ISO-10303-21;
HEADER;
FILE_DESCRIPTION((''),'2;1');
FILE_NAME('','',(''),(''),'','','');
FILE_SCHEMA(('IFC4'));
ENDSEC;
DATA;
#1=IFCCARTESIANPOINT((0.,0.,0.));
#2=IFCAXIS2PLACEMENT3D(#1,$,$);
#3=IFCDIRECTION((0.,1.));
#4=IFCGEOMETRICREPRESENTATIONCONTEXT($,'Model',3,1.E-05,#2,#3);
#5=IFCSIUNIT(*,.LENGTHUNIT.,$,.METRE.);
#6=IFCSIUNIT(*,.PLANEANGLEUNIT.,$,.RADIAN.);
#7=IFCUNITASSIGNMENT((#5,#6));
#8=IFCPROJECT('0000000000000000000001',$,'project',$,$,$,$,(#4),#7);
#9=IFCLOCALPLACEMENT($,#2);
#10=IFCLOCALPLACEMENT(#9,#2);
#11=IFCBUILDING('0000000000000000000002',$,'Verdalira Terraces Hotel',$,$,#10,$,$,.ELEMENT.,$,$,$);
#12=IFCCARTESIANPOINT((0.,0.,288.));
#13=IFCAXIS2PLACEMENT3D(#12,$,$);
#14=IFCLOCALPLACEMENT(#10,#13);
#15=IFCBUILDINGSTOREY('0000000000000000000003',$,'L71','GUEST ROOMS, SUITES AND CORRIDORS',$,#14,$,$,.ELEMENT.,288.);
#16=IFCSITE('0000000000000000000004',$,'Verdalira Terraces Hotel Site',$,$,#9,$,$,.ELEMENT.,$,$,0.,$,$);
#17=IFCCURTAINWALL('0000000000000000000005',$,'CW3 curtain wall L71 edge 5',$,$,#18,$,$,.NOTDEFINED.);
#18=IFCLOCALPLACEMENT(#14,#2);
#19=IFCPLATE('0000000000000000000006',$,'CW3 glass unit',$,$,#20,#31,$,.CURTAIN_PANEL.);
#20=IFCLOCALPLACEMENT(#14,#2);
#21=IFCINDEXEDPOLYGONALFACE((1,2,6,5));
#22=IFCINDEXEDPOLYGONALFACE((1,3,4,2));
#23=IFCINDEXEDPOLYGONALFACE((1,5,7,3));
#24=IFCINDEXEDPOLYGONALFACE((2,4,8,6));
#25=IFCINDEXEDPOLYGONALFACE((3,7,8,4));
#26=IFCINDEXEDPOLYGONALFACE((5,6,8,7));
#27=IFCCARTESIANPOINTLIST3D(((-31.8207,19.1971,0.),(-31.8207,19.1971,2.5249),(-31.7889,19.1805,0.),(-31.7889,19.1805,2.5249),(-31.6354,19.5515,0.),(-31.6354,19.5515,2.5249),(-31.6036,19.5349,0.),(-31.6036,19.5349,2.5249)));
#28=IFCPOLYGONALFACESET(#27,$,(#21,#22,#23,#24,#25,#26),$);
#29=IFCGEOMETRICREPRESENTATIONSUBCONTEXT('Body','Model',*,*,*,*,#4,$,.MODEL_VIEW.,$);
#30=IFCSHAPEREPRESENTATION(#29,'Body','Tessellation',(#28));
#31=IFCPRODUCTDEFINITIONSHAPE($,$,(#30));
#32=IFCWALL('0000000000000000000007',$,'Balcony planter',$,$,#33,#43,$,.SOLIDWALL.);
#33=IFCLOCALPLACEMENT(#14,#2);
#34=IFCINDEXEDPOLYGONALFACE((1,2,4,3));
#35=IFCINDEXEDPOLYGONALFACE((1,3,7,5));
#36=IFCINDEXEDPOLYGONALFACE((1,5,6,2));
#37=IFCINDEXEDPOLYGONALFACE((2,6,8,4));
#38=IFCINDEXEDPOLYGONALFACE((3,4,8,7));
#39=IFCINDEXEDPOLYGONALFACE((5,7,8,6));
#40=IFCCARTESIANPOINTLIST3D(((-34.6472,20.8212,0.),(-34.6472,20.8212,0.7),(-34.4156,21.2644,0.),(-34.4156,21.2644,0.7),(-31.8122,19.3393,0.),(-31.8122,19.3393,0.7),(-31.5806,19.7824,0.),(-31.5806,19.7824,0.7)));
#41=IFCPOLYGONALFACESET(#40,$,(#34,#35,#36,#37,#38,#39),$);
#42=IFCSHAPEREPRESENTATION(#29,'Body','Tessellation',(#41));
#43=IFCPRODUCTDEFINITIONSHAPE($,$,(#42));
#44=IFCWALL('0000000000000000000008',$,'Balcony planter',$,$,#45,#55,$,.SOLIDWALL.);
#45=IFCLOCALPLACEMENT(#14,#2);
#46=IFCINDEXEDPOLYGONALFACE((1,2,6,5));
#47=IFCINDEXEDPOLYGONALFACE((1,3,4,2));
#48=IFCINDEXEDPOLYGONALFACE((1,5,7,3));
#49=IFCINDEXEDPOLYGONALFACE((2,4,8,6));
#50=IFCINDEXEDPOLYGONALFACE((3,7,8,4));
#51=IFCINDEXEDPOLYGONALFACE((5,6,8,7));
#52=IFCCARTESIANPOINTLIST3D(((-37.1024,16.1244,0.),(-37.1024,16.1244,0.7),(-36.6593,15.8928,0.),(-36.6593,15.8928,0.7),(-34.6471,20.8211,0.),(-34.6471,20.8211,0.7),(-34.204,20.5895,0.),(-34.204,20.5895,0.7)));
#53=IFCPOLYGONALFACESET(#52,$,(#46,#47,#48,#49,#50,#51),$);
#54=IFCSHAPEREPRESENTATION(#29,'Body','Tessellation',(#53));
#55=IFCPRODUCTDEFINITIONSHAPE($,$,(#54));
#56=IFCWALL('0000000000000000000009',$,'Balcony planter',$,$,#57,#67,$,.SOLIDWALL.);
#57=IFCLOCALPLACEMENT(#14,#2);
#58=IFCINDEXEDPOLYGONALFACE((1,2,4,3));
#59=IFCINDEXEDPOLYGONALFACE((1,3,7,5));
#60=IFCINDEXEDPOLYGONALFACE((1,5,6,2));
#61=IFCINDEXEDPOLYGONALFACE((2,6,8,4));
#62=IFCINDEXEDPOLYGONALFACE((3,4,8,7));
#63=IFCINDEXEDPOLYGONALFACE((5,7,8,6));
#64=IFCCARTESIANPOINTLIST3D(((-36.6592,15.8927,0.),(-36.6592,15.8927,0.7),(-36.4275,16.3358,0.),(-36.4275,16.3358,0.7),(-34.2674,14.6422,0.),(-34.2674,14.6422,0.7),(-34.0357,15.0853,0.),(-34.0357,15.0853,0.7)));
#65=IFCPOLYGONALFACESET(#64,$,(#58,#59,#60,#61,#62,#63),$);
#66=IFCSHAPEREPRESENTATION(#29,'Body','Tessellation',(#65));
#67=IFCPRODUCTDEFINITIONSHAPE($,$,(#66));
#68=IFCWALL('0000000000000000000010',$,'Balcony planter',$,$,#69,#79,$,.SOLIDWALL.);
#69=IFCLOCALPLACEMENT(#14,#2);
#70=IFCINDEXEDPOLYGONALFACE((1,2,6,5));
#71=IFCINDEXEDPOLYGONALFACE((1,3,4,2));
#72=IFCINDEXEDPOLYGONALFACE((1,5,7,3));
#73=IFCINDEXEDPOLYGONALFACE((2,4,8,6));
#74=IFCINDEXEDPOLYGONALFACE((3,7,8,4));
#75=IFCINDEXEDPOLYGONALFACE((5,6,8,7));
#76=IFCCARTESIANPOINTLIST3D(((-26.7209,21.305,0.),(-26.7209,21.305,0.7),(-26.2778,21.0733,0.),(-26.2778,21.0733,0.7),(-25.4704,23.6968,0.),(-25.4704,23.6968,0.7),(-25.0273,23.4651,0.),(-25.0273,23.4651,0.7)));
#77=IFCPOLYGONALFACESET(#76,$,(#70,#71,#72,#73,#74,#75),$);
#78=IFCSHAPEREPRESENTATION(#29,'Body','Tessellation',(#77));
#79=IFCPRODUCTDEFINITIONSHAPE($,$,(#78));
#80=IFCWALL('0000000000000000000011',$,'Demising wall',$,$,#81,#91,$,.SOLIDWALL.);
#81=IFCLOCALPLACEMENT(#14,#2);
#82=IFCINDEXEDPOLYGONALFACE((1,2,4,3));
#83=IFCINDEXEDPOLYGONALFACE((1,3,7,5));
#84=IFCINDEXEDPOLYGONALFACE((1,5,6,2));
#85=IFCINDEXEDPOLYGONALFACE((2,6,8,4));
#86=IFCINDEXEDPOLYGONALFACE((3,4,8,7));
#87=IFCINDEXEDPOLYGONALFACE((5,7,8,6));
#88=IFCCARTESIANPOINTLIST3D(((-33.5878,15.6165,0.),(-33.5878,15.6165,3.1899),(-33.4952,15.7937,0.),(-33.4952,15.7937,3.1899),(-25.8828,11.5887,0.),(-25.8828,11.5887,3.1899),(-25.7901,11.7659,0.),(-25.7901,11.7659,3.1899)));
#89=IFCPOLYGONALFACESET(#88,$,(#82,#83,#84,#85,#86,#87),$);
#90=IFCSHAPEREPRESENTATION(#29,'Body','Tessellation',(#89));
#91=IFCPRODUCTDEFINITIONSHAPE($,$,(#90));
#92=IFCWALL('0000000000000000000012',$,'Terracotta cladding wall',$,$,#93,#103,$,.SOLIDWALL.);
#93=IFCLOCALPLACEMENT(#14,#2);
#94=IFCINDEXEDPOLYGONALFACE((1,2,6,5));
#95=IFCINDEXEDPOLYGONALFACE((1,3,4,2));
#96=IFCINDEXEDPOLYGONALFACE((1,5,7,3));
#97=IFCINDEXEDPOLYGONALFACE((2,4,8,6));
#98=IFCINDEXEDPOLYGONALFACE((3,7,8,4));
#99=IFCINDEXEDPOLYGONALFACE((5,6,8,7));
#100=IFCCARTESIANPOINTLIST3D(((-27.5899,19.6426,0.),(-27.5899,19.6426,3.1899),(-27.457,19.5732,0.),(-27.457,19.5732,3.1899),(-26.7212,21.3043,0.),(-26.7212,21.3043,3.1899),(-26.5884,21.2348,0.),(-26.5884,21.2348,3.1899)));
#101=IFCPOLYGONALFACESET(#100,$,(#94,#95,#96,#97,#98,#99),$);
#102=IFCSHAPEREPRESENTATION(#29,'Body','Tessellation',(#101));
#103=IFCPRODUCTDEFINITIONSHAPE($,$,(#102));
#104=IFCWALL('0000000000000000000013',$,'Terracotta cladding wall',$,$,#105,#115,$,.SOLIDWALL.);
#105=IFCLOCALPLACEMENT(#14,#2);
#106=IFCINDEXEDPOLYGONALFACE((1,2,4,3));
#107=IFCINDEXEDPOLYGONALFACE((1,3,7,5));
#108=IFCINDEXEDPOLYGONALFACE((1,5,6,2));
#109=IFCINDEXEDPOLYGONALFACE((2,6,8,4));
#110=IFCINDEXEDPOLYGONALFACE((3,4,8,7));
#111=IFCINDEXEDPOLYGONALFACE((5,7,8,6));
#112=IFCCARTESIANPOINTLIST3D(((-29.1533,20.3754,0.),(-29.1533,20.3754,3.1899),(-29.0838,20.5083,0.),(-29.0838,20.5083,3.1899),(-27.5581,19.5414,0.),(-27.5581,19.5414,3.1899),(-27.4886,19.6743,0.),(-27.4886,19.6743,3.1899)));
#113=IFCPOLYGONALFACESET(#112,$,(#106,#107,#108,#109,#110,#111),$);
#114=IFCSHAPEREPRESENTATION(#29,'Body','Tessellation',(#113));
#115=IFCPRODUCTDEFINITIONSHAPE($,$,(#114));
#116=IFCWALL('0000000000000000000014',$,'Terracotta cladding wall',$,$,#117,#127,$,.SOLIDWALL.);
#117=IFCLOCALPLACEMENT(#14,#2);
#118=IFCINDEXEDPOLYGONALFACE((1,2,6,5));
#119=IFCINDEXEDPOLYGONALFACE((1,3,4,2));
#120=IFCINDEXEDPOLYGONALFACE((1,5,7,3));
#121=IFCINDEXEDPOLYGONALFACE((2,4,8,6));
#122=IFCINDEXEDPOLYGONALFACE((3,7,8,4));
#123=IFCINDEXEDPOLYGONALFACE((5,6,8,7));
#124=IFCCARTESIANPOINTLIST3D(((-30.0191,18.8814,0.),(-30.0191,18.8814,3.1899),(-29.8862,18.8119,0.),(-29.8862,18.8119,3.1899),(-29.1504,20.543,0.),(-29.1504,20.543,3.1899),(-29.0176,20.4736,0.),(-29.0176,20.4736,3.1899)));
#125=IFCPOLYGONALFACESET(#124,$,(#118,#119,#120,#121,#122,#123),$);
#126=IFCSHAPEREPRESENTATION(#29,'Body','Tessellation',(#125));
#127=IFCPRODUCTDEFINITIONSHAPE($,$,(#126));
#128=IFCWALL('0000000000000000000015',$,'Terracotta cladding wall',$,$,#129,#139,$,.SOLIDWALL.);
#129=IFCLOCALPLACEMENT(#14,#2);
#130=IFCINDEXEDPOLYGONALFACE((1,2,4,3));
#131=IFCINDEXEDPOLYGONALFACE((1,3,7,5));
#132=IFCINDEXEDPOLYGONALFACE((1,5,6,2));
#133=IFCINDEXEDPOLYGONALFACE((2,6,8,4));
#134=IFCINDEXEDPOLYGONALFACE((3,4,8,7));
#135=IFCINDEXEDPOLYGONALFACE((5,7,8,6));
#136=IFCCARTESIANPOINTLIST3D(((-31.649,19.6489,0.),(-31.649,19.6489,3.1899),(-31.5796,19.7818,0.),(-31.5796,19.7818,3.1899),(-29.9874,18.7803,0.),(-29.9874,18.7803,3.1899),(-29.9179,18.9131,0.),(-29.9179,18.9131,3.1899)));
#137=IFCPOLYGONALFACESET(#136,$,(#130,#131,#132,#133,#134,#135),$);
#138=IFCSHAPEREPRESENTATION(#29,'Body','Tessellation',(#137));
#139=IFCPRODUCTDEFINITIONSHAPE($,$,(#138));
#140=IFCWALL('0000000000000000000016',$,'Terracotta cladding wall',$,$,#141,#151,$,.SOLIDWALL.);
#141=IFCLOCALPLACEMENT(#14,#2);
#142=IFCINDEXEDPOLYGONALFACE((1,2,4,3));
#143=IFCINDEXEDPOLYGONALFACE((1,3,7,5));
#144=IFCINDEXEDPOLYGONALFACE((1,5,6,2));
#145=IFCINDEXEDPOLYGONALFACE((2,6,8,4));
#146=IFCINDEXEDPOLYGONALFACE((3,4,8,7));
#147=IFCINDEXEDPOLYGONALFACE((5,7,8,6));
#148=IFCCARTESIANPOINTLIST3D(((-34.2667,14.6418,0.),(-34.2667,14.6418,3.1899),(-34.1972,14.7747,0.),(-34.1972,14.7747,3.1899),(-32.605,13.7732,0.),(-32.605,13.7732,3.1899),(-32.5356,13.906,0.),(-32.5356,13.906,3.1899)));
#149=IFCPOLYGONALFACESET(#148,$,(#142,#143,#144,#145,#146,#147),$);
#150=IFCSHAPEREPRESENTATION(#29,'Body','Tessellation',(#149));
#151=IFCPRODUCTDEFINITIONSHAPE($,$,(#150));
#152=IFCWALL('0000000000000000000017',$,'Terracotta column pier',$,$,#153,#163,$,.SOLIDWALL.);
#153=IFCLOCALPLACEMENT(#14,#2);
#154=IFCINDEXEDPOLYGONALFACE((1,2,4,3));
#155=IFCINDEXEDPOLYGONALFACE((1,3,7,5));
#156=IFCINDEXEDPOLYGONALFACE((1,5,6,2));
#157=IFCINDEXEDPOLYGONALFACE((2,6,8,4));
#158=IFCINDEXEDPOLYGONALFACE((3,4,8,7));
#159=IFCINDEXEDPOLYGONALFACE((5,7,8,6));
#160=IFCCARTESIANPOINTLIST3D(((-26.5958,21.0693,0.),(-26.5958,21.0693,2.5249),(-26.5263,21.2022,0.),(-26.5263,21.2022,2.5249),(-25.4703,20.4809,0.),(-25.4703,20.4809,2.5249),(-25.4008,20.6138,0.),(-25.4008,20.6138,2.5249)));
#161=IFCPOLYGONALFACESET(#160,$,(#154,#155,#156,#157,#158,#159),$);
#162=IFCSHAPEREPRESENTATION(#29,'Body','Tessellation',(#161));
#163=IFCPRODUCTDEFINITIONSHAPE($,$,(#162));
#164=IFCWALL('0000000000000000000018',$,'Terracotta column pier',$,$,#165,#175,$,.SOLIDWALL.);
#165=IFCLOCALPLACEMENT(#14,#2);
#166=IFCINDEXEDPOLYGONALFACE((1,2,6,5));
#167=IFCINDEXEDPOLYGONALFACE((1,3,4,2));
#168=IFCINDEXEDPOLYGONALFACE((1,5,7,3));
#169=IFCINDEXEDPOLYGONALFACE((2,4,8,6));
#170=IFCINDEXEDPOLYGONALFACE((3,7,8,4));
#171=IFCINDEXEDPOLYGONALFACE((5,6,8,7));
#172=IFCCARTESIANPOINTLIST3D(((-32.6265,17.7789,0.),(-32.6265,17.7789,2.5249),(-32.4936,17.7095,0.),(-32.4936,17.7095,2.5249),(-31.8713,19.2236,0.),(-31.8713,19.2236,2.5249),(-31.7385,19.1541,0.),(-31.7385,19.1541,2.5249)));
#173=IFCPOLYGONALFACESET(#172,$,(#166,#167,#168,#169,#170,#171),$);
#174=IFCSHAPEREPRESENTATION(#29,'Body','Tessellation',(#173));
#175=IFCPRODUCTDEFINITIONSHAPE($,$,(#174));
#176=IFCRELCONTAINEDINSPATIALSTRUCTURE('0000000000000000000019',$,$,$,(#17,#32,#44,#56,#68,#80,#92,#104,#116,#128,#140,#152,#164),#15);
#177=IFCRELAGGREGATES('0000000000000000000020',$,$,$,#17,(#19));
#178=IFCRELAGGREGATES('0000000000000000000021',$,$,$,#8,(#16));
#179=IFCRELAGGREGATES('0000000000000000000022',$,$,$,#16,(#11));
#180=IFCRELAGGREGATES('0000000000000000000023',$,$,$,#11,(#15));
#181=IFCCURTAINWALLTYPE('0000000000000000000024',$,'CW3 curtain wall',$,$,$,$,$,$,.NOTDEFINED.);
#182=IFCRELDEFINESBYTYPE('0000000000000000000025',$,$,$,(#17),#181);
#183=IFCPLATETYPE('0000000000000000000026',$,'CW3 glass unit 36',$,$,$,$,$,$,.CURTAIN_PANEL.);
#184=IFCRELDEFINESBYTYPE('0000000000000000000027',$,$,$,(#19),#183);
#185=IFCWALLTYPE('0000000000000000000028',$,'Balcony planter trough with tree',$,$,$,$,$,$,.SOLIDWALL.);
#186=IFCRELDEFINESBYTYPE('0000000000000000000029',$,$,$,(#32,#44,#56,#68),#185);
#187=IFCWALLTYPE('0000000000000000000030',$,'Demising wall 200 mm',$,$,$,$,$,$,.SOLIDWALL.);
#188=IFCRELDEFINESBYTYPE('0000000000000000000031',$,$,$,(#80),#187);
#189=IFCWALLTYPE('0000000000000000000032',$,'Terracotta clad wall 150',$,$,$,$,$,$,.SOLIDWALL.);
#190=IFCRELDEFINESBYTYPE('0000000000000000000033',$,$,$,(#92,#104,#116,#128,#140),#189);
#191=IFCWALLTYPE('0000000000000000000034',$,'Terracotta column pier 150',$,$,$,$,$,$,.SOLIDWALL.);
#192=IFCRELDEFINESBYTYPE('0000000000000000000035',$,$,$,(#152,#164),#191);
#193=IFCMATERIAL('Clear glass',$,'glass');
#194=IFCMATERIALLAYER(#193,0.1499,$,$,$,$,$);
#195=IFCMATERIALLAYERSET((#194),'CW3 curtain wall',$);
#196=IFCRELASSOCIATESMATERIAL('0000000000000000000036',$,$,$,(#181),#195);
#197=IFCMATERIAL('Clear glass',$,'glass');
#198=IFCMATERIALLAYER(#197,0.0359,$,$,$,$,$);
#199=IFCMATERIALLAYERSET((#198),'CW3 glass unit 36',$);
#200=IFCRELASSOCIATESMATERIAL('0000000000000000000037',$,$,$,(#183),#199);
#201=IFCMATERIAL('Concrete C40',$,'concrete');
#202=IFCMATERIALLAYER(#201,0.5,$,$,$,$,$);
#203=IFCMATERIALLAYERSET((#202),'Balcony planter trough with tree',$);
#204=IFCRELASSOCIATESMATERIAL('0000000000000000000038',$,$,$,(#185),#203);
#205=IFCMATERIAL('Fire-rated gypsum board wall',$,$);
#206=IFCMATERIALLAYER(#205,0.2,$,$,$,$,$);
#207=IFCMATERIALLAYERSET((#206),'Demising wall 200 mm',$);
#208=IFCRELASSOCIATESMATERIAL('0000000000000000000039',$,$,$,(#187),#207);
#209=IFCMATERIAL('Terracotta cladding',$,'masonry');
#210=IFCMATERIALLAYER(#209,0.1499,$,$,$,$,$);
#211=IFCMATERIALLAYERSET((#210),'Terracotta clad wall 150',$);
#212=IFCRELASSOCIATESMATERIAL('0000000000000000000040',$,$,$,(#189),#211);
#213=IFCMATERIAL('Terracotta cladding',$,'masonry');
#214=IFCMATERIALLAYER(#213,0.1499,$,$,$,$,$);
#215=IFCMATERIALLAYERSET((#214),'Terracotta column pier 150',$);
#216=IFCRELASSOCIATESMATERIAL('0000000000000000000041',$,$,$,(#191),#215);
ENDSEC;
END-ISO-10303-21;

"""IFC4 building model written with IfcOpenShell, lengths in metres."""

from ifc_helpers import new_model, si_unit, direction, frame, frame_2d, origin, origin_2d, place, context, subcontext, project, spatial, rectangle, extrude, material, layer, layer_set, type_object, element, aggregate, save


model = new_model("IFC4")

# Units and contexts
model_context = context("Model", 3, precision=1e-05, world=origin(), true_north=direction((0.0, 1.0)))
body_context = subcontext(model_context, "Body", "Model", "MODEL_VIEW")
ifc_project = project(units=[si_unit("LENGTHUNIT", "METRE"), si_unit("PLANEANGLEUNIT", "RADIAN")], contexts=[model_context])

# Site, building, storey
site_placement = place(None, origin())
site = spatial("IfcSite", under=ifc_project, at=site_placement, Name="Verdalira Terraces Hotel Site", CompositionType="ELEMENT", RefElevation=0.0)
building_placement = place(site_placement, origin())
building = spatial("IfcBuilding", under=site, at=building_placement, Name="Verdalira Terraces Hotel", CompositionType="ELEMENT")
storey_placement = place(building_placement, frame((0.0, 0.0, 288.0)))
storey = spatial("IfcBuildingStorey", under=building, at=storey_placement, Name="L71", Description="GUEST ROOMS, SUITES AND CORRIDORS", CompositionType="ELEMENT", Elevation=288.0)

# Curtain wall
ifc_material_1 = material(Name="Clear glass", Category="glass")
ifc_layer_1 = layer(ifc_material_1, 0.1499)
ifc_layer_set_1 = layer_set([ifc_layer_1], Name="CW3 curtain wall")
curtain_wall_type_1 = type_object("IfcCurtainWallType", Name="CW3 curtain wall", PredefinedType="NOTDEFINED", material=ifc_layer_set_1)
curtain_wall_1_placement = place(storey_placement, origin())
curtain_wall_1 = element("IfcCurtainWall", 1, at=curtain_wall_1_placement, inside=storey, type_object=curtain_wall_type_1, Name="CW3 curtain wall L71 edge 5", PredefinedType="NOTDEFINED")

# Plate
ifc_material_2 = material(Name="Clear glass", Category="glass")
ifc_layer_2 = layer(ifc_material_2, 0.0359)
ifc_layer_set_2 = layer_set([ifc_layer_2], Name="CW3 glass unit 36")
plate_type = type_object("IfcPlateType", Name="CW3 glass unit 36", PredefinedType="CURTAIN_PANEL", material=ifc_layer_set_2)
plate_placement = place(storey_placement, frame((-31.7122, 19.366, 0.0), z_axis=(0.0, 0.0, 1.0), x_axis=(-0.463296, -0.886204, 0.0)))
plate = element("IfcPlate", 2, at=plate_placement, type_object=plate_type, Name="CW3 glass unit", PredefinedType="CURTAIN_PANEL", context=body_context, shape_type="SweptSolid", body=[
    extrude(rectangle(XDim=0.3999, YDim=0.0359, at=origin_2d()), origin(), (0.0, 0.0, 1.0), 2.5249),
])
aggregate(curtain_wall_1, [plate])

# Walls
ifc_material_3 = material(Name="Concrete C40", Category="concrete")
ifc_layer_3 = layer(ifc_material_3, 0.5)
ifc_layer_set_3 = layer_set([ifc_layer_3], Name="Balcony planter trough with tree")
wall_type_1 = type_object("IfcWallType", Name="Balcony planter trough with tree", PredefinedType="SOLIDWALL", material=ifc_layer_set_3)
wall_1_placement = place(storey_placement, frame((-31.6963, 19.5608, 0.0), z_axis=(0.0, 0.0, 1.0), x_axis=(-0.886223, 0.46326, 0.0)))
element("IfcWall", 3, at=wall_1_placement, inside=storey, type_object=wall_type_1, Name="Balcony planter", PredefinedType="SOLIDWALL", context=body_context, shape_type="SweptSolid", body=[
    extrude(rectangle(XDim=3.199, YDim=0.5, at=frame_2d((1.5996, 0.0))), origin(), (0.0, 0.0, 1.0), 0.7),
])
wall_2_placement = place(storey_placement, frame((-34.4255, 20.7053, 0.0), z_axis=(0.0, 0.0, 1.0), x_axis=(-0.463282, -0.886211, 0.0)))
element("IfcWall", 4, at=wall_2_placement, inside=storey, type_object=wall_type_1, Name="Balcony planter", PredefinedType="SOLIDWALL", context=body_context, shape_type="SweptSolid", body=[
    extrude(rectangle(XDim=5.2998, YDim=0.5, at=frame_2d((2.6499, 0.0))), origin(), (0.0, 0.0, 1.0), 0.7),
])
for number, where, z_axis, x_axis, name in (
    (5, (-36.5435, 16.1143, 0.0), (0.0, 0.0, 1.0), (0.886194, -0.463314, 0.0), "Balcony planter"),
    (6, (-25.2488, 23.5811, 0.0), (0.0, 0.0, 1.0), (-0.463314, -0.886194, 0.0), "Balcony planter"),
):
    element("IfcWall", number, at=place(storey_placement, frame(where, z_axis=z_axis, x_axis=x_axis)), inside=storey, type_object=wall_type_1, Name=name, PredefinedType="SOLIDWALL", context=body_context, shape_type="SweptSolid", body=[
        extrude(rectangle(XDim=2.699, YDim=0.5, at=frame_2d((1.3496, 0.0))), origin(), (0.0, 0.0, 1.0), 0.7),
    ])
ifc_material_4 = material(Name="Fire-rated gypsum board wall")
ifc_layer_4 = layer(ifc_material_4, 0.2)
ifc_layer_set_4 = layer_set([ifc_layer_4], Name="Demising wall 200 mm")
wall_type_2 = type_object("IfcWallType", Name="Demising wall 200 mm", PredefinedType="SOLIDWALL", material=ifc_layer_set_4)
wall_3_placement = place(storey_placement, frame((-33.5415, 15.7051, 0.0), z_axis=(0.0, 0.0, 1.0), x_axis=(0.886217, -0.46327, 0.0)))
element("IfcWall", 7, at=wall_3_placement, inside=storey, type_object=wall_type_2, Name="Demising wall", PredefinedType="SOLIDWALL", context=body_context, shape_type="SweptSolid", body=[
    extrude(rectangle(XDim=8.6943, YDim=0.2, at=frame_2d((4.3472, 0.0))), origin(), (0.0, 0.0, 1.0), 3.1899),
])
ifc_material_5 = material(Name="Terracotta cladding", Category="masonry")
ifc_layer_5 = layer(ifc_material_5, 0.1499)
ifc_layer_set_5 = layer_set([ifc_layer_5], Name="Terracotta clad wall 150")
wall_type_3 = type_object("IfcWallType", Name="Terracotta clad wall 150", PredefinedType="SOLIDWALL", material=ifc_layer_set_5)
wall_4_placement = place(storey_placement, frame((-26.6548, 21.2695, 0.0), z_axis=(0.0, 0.0, 1.0), x_axis=(-0.463287, -0.886208, 0.0)))
element("IfcWall", 8, at=wall_4_placement, inside=storey, type_object=wall_type_3, Name="Terracotta cladding wall", PredefinedType="SOLIDWALL", context=body_context, shape_type="SweptSolid", body=[
    extrude(rectangle(XDim=1.875, YDim=0.1499, at=frame_2d((0.9375, 0.0))), origin(), (0.0, 0.0, 1.0), 3.1899),
])
wall_5_placement = place(storey_placement, frame((-27.5234, 19.6079, 0.0), z_axis=(0.0, 0.0, 1.0), x_axis=(-0.886198, 0.463307, 0.0)))
element("IfcWall", 9, at=wall_5_placement, inside=storey, type_object=wall_type_3, Name="Terracotta cladding wall", PredefinedType="SOLIDWALL", context=body_context, shape_type="SweptSolid", body=[
    extrude(rectangle(XDim=1.8, YDim=0.1499, at=frame_2d((0.8999, 0.0))), origin(), (0.0, 0.0, 1.0), 3.1899),
])
for number, where, z_axis, x_axis, name in (
    (10, (-29.084, 20.5083, 0.0), (0.0, 0.0, 1.0), (-0.463287, -0.886208, 0.0), "Terracotta cladding wall"),
    (11, (-29.9526, 18.8467, 0.0), (0.0, 0.0, 1.0), (-0.886208, 0.463287, 0.0), "Terracotta cladding wall"),
    (12, (-34.2319, 14.7083, 0.0), (0.0, 0.0, 1.0), (0.886208, -0.463287, 0.0), "Terracotta cladding wall"),
):
    element("IfcWall", number, at=place(storey_placement, frame(where, z_axis=z_axis, x_axis=x_axis)), inside=storey, type_object=wall_type_3, Name=name, PredefinedType="SOLIDWALL", context=body_context, shape_type="SweptSolid", body=[
        extrude(rectangle(XDim=1.875, YDim=0.1499, at=frame_2d((0.9375, 0.0))), origin(), (0.0, 0.0, 1.0), 3.1899),
    ])
ifc_material_6 = material(Name="Terracotta cladding", Category="masonry")
ifc_layer_6 = layer(ifc_material_6, 0.1499)
ifc_layer_set_6 = layer_set([ifc_layer_6], Name="Terracotta column pier 150")
wall_type_4 = type_object("IfcWallType", Name="Terracotta column pier 150", PredefinedType="SOLIDWALL", material=ifc_layer_set_6)
wall_6_placement = place(storey_placement, frame((-25.4355, 20.5474, 0.0), z_axis=(0.0, 0.0, 1.0), x_axis=(-0.886208, 0.463289, 0.0)))
element("IfcWall", 13, at=wall_6_placement, inside=storey, type_object=wall_type_4, Name="Terracotta column pier", PredefinedType="SOLIDWALL", context=body_context, shape_type="SweptSolid", body=[
    extrude(rectangle(XDim=1.27, YDim=0.1499, at=frame_2d((0.635, 0.0))), origin(), (0.0, 0.0, 1.0), 2.5249),
])
wall_7_placement = place(storey_placement, frame((-31.8049, 19.1887, 0.0), z_axis=(0.0, 0.0, 1.0), x_axis=(-0.463257, -0.886224, 0.0)))
element("IfcWall", 14, at=wall_7_placement, inside=storey, type_object=wall_type_4, Name="Terracotta column pier", PredefinedType="SOLIDWALL", context=body_context, shape_type="SweptSolid", body=[
    extrude(rectangle(XDim=1.6301, YDim=0.1499, at=frame_2d((0.8149, 0.0))), origin(), (0.0, 0.0, 1.0), 2.5249),
])

save(model, "model.ifc")
